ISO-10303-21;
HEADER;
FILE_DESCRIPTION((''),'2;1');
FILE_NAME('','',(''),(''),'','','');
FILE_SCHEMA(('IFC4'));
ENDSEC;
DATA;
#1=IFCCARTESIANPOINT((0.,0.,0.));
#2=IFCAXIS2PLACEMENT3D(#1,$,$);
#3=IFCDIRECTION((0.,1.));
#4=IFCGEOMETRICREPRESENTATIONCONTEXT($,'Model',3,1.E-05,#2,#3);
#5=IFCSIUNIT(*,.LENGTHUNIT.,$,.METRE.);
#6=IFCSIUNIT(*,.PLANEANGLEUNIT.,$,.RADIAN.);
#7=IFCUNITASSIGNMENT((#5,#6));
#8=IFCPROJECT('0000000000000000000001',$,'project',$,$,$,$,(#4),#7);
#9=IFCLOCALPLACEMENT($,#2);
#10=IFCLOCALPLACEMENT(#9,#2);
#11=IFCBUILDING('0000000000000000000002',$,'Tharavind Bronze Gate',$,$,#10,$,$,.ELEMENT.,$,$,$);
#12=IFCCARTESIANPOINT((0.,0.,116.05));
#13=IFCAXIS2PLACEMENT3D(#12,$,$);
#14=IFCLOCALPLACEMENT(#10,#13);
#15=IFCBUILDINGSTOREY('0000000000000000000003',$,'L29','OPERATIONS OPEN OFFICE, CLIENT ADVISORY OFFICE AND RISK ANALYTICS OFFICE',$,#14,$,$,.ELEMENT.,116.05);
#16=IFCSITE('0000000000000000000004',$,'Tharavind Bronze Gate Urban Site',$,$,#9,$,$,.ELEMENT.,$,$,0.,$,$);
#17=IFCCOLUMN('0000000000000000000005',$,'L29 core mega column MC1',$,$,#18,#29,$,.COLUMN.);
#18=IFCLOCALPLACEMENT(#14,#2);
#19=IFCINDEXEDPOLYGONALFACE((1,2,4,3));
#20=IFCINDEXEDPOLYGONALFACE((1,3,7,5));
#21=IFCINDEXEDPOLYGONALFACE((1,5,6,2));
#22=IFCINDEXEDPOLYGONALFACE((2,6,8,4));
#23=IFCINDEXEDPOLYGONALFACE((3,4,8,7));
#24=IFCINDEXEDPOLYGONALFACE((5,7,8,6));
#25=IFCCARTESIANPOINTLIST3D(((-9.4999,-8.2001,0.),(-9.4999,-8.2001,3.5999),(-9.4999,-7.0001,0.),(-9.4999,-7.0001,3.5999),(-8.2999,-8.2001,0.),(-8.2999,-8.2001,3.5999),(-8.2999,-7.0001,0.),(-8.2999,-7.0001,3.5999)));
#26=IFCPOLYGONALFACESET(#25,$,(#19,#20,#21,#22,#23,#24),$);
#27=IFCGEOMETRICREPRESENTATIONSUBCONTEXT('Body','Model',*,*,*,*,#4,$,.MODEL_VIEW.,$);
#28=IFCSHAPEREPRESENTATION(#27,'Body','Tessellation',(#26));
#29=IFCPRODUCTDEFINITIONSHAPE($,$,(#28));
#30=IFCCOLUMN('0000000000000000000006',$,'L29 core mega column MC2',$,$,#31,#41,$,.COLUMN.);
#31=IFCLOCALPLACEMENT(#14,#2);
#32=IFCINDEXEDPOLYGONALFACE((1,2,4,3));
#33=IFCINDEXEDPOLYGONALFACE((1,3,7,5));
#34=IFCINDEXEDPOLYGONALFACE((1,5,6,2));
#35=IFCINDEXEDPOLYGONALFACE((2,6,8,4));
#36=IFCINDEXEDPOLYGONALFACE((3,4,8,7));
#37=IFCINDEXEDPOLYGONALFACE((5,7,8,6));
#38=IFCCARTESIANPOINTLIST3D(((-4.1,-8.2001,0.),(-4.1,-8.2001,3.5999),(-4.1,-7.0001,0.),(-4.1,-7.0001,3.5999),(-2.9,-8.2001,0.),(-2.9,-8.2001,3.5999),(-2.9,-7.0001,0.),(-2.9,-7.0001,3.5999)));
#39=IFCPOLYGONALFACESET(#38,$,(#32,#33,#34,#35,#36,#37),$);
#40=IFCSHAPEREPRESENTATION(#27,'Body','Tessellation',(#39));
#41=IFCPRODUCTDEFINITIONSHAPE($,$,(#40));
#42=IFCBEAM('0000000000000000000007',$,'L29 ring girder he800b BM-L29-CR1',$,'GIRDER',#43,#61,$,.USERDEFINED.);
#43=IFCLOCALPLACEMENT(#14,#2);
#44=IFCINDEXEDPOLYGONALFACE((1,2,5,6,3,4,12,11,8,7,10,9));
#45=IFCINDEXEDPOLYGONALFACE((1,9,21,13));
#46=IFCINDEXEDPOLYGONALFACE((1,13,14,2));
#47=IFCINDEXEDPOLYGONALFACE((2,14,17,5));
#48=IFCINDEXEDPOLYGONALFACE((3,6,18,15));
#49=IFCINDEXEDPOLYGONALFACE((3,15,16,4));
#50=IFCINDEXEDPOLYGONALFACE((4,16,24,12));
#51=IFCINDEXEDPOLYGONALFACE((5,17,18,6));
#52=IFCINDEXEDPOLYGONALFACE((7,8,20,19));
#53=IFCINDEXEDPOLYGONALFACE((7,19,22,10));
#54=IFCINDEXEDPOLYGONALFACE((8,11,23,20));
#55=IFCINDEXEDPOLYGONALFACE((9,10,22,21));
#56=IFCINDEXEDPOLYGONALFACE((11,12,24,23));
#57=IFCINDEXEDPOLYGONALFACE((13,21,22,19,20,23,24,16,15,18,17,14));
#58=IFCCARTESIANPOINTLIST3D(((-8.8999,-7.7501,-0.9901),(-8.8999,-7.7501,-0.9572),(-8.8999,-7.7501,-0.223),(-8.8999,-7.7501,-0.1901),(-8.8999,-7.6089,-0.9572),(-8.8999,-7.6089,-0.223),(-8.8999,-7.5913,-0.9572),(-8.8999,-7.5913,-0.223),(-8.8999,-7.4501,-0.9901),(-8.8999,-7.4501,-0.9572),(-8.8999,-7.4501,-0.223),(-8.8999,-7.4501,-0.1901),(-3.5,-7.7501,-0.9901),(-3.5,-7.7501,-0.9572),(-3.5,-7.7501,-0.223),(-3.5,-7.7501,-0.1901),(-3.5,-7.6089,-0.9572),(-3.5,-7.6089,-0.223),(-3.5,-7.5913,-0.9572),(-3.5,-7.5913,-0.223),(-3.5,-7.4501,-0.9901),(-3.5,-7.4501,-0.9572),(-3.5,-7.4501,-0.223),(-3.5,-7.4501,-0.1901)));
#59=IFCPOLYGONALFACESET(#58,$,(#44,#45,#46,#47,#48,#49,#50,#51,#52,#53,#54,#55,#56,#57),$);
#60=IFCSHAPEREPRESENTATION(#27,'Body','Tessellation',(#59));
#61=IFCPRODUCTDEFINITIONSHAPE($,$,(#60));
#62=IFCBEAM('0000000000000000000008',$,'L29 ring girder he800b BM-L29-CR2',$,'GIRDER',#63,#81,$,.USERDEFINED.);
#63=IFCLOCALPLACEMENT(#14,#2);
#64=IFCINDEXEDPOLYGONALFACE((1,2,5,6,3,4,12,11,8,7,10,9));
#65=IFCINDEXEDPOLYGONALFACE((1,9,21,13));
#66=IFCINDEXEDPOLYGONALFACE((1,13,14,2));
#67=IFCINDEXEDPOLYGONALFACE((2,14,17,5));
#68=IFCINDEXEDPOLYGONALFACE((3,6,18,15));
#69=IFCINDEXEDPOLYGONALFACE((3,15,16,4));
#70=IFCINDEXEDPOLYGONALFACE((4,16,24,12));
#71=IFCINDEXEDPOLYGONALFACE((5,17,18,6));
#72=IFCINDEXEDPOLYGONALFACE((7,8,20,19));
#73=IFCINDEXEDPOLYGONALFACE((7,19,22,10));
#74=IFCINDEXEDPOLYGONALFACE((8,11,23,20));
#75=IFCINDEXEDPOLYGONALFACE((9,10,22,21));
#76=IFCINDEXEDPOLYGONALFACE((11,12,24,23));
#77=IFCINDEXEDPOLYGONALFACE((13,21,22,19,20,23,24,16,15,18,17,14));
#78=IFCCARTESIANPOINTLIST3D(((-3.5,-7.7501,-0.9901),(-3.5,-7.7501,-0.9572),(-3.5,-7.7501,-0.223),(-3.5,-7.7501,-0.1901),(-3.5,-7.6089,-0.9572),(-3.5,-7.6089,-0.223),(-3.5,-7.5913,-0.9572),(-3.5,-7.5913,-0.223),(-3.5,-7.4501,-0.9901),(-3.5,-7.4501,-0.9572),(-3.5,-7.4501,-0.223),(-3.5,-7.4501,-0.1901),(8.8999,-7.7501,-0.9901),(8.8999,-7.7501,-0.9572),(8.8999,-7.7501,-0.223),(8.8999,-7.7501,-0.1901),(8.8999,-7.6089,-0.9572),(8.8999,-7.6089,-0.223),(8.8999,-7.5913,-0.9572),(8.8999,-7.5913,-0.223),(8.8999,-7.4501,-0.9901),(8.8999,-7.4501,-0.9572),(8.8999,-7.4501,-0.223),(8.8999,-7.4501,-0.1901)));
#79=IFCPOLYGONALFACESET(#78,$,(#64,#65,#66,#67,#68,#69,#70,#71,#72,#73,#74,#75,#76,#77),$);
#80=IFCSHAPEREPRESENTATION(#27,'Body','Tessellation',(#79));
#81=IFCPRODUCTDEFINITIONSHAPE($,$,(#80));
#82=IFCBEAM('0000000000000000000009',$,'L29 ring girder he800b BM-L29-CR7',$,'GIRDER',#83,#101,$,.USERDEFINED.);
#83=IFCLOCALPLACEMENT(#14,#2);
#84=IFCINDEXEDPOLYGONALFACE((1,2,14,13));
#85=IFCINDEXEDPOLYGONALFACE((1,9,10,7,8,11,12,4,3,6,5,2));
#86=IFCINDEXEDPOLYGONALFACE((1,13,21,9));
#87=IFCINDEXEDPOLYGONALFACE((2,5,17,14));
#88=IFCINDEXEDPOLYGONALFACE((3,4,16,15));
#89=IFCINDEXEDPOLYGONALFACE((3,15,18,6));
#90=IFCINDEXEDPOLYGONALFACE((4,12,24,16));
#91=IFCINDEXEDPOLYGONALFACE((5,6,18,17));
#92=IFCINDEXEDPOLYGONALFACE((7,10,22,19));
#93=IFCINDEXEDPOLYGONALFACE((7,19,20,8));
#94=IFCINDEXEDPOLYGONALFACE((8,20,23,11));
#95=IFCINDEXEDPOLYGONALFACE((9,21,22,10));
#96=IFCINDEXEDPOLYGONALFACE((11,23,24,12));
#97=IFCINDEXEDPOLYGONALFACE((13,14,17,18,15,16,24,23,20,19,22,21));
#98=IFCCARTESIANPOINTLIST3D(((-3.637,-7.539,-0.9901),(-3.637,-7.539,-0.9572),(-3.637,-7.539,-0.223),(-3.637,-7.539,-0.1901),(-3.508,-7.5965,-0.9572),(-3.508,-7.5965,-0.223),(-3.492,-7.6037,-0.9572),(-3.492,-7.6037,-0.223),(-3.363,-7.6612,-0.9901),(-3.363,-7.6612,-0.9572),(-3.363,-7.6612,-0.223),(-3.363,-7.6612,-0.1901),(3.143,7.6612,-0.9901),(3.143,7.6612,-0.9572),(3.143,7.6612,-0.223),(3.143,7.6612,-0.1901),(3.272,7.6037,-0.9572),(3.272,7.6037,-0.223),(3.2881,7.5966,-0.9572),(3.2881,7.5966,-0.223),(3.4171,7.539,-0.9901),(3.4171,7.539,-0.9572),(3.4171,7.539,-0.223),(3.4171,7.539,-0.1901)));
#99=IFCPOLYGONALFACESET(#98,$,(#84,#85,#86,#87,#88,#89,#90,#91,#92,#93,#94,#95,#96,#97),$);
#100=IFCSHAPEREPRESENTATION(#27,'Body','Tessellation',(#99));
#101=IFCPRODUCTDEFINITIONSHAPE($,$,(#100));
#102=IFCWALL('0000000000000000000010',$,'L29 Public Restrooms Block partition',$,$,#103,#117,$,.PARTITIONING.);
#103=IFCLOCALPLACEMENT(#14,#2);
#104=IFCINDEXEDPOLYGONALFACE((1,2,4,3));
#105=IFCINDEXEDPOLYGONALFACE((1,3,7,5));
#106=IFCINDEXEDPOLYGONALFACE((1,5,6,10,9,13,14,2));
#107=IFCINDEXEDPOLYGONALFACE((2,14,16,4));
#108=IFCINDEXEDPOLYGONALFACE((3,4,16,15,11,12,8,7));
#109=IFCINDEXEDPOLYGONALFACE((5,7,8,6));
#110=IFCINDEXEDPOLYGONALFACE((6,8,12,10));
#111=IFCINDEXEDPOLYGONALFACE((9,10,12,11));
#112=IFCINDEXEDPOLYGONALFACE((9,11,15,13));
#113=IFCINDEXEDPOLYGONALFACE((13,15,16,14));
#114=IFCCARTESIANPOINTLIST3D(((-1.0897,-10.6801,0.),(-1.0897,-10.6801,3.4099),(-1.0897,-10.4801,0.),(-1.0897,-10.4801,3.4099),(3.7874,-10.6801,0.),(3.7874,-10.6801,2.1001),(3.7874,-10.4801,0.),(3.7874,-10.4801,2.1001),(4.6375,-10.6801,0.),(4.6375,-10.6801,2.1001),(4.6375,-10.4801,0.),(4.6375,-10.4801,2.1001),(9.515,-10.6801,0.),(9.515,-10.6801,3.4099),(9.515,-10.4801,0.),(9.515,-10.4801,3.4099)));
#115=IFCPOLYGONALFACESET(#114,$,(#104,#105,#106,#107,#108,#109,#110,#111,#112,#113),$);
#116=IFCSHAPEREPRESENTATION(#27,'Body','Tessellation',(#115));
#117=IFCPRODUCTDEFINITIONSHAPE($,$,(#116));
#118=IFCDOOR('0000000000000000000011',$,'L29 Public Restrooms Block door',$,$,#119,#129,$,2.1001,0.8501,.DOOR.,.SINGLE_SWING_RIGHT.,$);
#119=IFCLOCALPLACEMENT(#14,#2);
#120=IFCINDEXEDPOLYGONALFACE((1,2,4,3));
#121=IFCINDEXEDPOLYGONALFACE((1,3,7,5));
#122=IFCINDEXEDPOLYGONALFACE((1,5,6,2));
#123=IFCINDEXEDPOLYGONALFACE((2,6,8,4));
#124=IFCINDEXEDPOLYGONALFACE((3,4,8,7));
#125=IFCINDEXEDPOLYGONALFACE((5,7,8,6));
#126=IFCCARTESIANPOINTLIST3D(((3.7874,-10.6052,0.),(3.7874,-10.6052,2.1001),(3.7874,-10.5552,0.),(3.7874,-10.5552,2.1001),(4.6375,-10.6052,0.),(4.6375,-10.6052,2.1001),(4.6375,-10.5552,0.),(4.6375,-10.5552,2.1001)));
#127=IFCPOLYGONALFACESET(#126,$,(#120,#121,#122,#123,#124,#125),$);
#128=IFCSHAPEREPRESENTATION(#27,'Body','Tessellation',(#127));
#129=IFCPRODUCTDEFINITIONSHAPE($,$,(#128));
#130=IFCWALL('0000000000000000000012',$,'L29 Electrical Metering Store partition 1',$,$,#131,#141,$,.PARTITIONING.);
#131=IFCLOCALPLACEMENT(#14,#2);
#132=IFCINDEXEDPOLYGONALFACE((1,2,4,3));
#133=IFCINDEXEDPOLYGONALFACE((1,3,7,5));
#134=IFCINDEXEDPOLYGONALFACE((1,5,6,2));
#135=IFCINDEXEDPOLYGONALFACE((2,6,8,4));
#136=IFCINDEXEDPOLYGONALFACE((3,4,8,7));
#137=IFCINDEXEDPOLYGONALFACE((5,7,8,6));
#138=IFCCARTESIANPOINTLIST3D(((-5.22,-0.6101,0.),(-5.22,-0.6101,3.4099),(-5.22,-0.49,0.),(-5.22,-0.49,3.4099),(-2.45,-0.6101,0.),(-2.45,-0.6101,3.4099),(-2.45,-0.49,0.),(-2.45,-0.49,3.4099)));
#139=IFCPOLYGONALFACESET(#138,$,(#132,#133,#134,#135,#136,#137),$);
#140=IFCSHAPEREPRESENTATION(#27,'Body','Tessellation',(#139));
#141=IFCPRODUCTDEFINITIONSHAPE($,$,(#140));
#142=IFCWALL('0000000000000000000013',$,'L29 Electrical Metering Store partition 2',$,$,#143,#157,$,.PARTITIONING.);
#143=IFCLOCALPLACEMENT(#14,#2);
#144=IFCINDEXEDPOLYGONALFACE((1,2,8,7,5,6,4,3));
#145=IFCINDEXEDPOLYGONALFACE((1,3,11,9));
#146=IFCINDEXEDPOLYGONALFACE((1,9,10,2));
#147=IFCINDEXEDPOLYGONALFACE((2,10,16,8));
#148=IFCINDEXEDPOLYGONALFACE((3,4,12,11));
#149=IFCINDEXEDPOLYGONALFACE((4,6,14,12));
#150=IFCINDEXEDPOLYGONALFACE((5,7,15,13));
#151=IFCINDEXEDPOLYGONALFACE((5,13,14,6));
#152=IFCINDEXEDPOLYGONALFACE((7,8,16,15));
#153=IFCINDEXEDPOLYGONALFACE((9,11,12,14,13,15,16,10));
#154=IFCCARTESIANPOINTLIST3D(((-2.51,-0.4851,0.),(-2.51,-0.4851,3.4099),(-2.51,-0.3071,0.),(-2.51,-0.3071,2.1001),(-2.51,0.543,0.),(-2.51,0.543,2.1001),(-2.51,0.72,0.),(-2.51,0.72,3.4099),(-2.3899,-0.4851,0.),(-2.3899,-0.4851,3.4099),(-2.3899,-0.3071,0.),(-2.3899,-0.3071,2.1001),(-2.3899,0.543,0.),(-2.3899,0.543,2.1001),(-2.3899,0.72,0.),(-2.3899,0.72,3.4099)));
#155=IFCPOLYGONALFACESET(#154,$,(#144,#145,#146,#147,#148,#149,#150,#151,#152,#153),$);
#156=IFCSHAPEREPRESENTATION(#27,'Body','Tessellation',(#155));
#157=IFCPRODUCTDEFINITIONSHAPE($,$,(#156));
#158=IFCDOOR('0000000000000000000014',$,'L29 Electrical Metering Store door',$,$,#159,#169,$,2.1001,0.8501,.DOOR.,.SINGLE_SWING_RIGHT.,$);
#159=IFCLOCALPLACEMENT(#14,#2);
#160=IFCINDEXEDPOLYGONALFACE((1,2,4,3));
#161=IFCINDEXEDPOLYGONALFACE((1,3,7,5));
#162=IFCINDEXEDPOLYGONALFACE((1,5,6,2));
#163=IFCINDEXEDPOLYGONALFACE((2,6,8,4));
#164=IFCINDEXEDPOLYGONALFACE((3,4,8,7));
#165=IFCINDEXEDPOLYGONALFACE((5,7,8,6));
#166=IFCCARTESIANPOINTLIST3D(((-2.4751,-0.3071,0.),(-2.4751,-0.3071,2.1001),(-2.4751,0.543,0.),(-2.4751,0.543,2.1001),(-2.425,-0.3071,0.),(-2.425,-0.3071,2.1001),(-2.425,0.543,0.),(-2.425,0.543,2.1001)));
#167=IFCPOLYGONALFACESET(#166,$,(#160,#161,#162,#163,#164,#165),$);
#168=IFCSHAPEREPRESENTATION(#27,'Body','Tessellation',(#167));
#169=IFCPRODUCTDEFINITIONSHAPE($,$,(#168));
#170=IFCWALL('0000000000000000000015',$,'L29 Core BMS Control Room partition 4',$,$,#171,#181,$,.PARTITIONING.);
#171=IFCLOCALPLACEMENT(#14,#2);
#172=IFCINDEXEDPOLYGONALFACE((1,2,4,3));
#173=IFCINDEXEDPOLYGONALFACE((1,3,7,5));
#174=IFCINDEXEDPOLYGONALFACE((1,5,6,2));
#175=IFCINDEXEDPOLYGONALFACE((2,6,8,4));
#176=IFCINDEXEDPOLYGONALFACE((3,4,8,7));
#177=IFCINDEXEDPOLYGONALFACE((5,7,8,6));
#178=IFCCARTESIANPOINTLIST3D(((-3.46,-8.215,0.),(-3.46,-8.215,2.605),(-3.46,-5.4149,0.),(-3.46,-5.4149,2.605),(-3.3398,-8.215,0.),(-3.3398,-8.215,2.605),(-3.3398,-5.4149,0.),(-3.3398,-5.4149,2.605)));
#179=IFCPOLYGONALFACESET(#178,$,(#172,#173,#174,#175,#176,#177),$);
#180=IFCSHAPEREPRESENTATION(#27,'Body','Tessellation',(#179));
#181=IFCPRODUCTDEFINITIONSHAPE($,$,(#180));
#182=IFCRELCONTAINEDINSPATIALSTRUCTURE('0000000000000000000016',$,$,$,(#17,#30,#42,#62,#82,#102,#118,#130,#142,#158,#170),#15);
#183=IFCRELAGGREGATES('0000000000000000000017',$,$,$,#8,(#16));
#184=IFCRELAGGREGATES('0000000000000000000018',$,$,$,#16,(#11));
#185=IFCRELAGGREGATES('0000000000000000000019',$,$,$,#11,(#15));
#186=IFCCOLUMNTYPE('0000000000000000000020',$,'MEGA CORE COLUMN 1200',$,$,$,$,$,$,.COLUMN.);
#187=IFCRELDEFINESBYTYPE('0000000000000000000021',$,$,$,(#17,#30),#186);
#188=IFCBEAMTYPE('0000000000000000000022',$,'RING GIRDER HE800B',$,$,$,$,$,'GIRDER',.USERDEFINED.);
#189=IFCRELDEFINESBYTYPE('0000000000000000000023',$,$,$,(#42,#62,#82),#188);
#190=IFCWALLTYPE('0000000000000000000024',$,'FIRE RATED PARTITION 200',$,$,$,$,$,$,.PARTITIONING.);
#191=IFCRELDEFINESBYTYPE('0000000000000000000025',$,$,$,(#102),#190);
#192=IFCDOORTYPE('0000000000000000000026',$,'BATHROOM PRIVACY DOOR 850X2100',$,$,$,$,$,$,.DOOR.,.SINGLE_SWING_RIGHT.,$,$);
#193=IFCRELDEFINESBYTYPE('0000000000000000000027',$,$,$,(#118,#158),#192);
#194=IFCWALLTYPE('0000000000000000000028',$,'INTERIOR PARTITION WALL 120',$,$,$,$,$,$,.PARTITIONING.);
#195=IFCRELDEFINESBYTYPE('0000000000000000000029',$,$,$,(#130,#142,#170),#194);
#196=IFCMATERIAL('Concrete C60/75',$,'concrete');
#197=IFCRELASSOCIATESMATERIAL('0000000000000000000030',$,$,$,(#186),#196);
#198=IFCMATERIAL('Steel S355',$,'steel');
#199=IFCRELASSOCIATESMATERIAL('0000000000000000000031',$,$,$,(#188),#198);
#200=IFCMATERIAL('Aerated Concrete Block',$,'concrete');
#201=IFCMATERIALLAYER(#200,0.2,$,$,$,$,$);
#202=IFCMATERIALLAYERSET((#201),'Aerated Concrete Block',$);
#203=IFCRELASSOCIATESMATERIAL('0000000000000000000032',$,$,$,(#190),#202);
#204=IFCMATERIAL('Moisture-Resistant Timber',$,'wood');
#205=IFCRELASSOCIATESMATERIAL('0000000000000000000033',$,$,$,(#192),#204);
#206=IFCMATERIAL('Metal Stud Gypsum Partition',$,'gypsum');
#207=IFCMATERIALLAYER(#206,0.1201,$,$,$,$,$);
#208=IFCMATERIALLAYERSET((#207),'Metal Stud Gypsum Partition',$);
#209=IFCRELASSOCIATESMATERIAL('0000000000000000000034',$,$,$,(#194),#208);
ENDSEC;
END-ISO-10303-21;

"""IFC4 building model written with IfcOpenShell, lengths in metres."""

from ifc_helpers import new_model, si_unit, direction, frame, frame_2d, origin, origin_2d, place, context, subcontext, project, spatial, rectangle, i_section, extrude, material, layer, layer_set, material_profile, profile_set, type_object, element, fill, save


model = new_model("IFC4")

# Units and contexts
model_context = context("Model", 3, precision=1e-05, world=origin(), true_north=direction((0.0, 1.0)))
body_context = subcontext(model_context, "Body", "Model", "MODEL_VIEW")
ifc_project = project(units=[si_unit("LENGTHUNIT", "METRE"), si_unit("PLANEANGLEUNIT", "RADIAN")], contexts=[model_context])

# Site, building, storey
site_placement = place(None, origin())
site = spatial("IfcSite", under=ifc_project, at=site_placement, Name="Tharavind Bronze Gate Urban Site", CompositionType="ELEMENT", RefElevation=0.0)
building_placement = place(site_placement, origin())
building = spatial("IfcBuilding", under=site, at=building_placement, Name="Tharavind Bronze Gate", CompositionType="ELEMENT")
storey_placement = place(building_placement, frame((0.0, 0.0, 116.05)))
storey = spatial("IfcBuildingStorey", under=building, at=storey_placement, Name="L29", Description="OPERATIONS OPEN OFFICE, CLIENT ADVISORY OFFICE AND RISK ANALYTICS OFFICE", CompositionType="ELEMENT", Elevation=116.05)

# Columns
ifc_material_1 = material(Name="Concrete C60/75", Category="concrete")
ifc_material_profile_1 = material_profile(ifc_material_1, rectangle(XDim=1.2, YDim=1.2, at=origin_2d()), Name="RCCOL1200")
ifc_profile_set_1 = profile_set([ifc_material_profile_1], Name="Concrete C60/75")
column_type = type_object("IfcColumnType", Name="MEGA CORE COLUMN 1200", PredefinedType="COLUMN", material=ifc_profile_set_1)
for number, where, z_axis, x_axis, name in (
    (1, (-8.8999, -7.6001, 0.0), (0.0, 0.0, 1.0), (1.0, 0.0, 0.0), "L29 core mega column MC1"),
    (2, (-3.5, -7.6001, 0.0), (0.0, 0.0, 1.0), (1.0, 0.0, 0.0), "L29 core mega column MC2"),
):
    element("IfcColumn", number, at=place(storey_placement, frame(where, z_axis=z_axis, x_axis=x_axis)), inside=storey, type_object=column_type, Name=name, PredefinedType="COLUMN", context=body_context, shape_type="SweptSolid", body=[
        extrude(rectangle(XDim=1.2, YDim=1.2, at=origin_2d()), origin(), (0.0, 0.0, 1.0), 3.5999),
    ])

# Beams
ifc_material_2 = material(Name="Steel S355", Category="steel")
ifc_material_profile_2 = material_profile(ifc_material_2, i_section(OverallWidth=0.3, OverallDepth=0.8, WebThickness=0.0176, FlangeThickness=0.033, at=origin_2d()), Name="HE800B")
ifc_profile_set_2 = profile_set([ifc_material_profile_2], Name="Steel S355")
beam_type = type_object("IfcBeamType", Name="RING GIRDER HE800B", ElementType="GIRDER", PredefinedType="USERDEFINED", material=ifc_profile_set_2)
beam_1_placement = place(storey_placement, frame((-8.8999, -7.6001, -0.5901), z_axis=(1.0, 0.0, 0.0), x_axis=(0.0, 1.0, 0.0)))
element("IfcBeam", 3, at=beam_1_placement, inside=storey, type_object=beam_type, Name="L29 ring girder he800b BM-L29-CR1", ObjectType="GIRDER", PredefinedType="USERDEFINED", context=body_context, shape_type="SweptSolid", body=[
    extrude(i_section(OverallWidth=0.3, OverallDepth=0.8, WebThickness=0.0176, FlangeThickness=0.033, at=origin_2d()), origin(), (0.0, 0.0, 1.0), 5.3999),
])
beam_2_placement = place(storey_placement, frame((-3.5, -7.6001, -0.5901), z_axis=(1.0, 0.0, 0.0), x_axis=(0.0, 1.0, 0.0)))
element("IfcBeam", 4, at=beam_2_placement, inside=storey, type_object=beam_type, Name="L29 ring girder he800b BM-L29-CR2", ObjectType="GIRDER", PredefinedType="USERDEFINED", context=body_context, shape_type="SweptSolid", body=[
    extrude(i_section(OverallWidth=0.3, OverallDepth=0.8, WebThickness=0.0176, FlangeThickness=0.033, at=origin_2d()), origin(), (0.0, 0.0, 1.0), 12.3999),
])
beam_3_placement = place(storey_placement, frame((-3.5, -7.6001, -0.5901), z_axis=(0.407362, 0.913267, 0.0), x_axis=(-0.913267, 0.407362, 0.0)))
element("IfcBeam", 5, at=beam_3_placement, inside=storey, type_object=beam_type, Name="L29 ring girder he800b BM-L29-CR7", ObjectType="GIRDER", PredefinedType="USERDEFINED", context=body_context, shape_type="SweptSolid", body=[
    extrude(i_section(OverallWidth=0.3, OverallDepth=0.8, WebThickness=0.0176, FlangeThickness=0.033, at=origin_2d()), origin(), (0.0, 0.0, 1.0), 16.6438),
])

# Wall, opening, door
ifc_material_3 = material(Name="Aerated Concrete Block", Category="concrete")
ifc_layer_1 = layer(ifc_material_3, 0.2)
ifc_layer_set_1 = layer_set([ifc_layer_1], Name="Aerated Concrete Block")
wall_type_1 = type_object("IfcWallType", Name="FIRE RATED PARTITION 200", PredefinedType="PARTITIONING", material=ifc_layer_set_1)
wall_1_placement = place(storey_placement, frame((-1.0896, -10.5801, 0.0), z_axis=(0.0, 0.0, 1.0), x_axis=(1.0, 0.0, 0.0)))
wall_1 = element("IfcWall", 6, at=wall_1_placement, inside=storey, type_object=wall_type_1, Name="L29 Public Restrooms Block partition", PredefinedType="PARTITIONING", context=body_context, shape_type="SweptSolid", body=[
    extrude(rectangle(XDim=10.6047, YDim=0.2, at=frame_2d((5.3022, 0.0))), origin(), (0.0, 0.0, 1.0), 3.4099),
])
opening_1_placement = place(wall_1_placement, frame((4.877, 0.0, 0.0)))
opening_1 = element("IfcOpeningElement", 7, at=opening_1_placement, cuts=wall_1, PredefinedType="OPENING", context=body_context, shape_type="SweptSolid", body=[
    extrude(rectangle(XDim=0.8501, YDim=2.1001, at=frame_2d((0.425, 1.05))), frame((0.0, 0.1101, 0.0), z_axis=(0.0, -1.0, 0.0), x_axis=(1.0, 0.0, 0.0)), (0.0, 0.0, 1.0), 0.22),
])
ifc_material_4 = material(Name="Moisture-Resistant Timber", Category="wood")
door_type_1 = type_object("IfcDoorType", Name="BATHROOM PRIVACY DOOR 850X2100", OperationType="SINGLE_SWING_RIGHT", PredefinedType="DOOR", material=ifc_material_4)
door_1_placement = place(opening_1_placement, origin())
door_1 = element("IfcDoor", 8, at=door_1_placement, inside=storey, type_object=door_type_1, Name="L29 Public Restrooms Block door", OperationType="SINGLE_SWING_RIGHT", OverallHeight=2.1001, OverallWidth=0.8501, PredefinedType="DOOR", context=body_context, shape_type="SweptSolid", body=[
    extrude(rectangle(XDim=0.8501, YDim=2.1001, at=frame_2d((0.425, 1.05))), frame((0.0, 0.0249, 0.0), z_axis=(0.0, -1.0, 0.0), x_axis=(1.0, 0.0, 0.0)), (0.0, 0.0, 1.0), 0.05),
])
fill(opening_1, door_1)

# Wall
ifc_material_5 = material(Name="Metal Stud Gypsum Partition", Category="gypsum")
ifc_layer_2 = layer(ifc_material_5, 0.1201)
ifc_layer_set_2 = layer_set([ifc_layer_2], Name="Metal Stud Gypsum Partition")
wall_type_2 = type_object("IfcWallType", Name="INTERIOR PARTITION WALL 120", PredefinedType="PARTITIONING", material=ifc_layer_set_2)
wall_2_placement = place(storey_placement, frame((-5.22, -0.55, 0.0), z_axis=(0.0, 0.0, 1.0), x_axis=(1.0, 0.0, 0.0)))
element("IfcWall", 9, at=wall_2_placement, inside=storey, type_object=wall_type_2, Name="L29 Electrical Metering Store partition 1", PredefinedType="PARTITIONING", context=body_context, shape_type="SweptSolid", body=[
    extrude(rectangle(XDim=2.77, YDim=0.1201, at=frame_2d((1.385, 0.0))), origin(), (0.0, 0.0, 1.0), 3.4099),
])

# Wall, opening, door
wall_3_placement = place(storey_placement, frame((-2.45, -0.4851, 0.0), z_axis=(0.0, 0.0, 1.0), x_axis=(0.0, 1.0, 0.0)))
wall_3 = element("IfcWall", 10, at=wall_3_placement, inside=storey, type_object=wall_type_2, Name="L29 Electrical Metering Store partition 2", PredefinedType="PARTITIONING", context=body_context, shape_type="SweptSolid", body=[
    extrude(rectangle(XDim=1.2051, YDim=0.1201, at=frame_2d((0.6025, 0.0))), origin(), (0.0, 0.0, 1.0), 3.4099),
])
opening_2_placement = place(wall_3_placement, frame((0.178, 0.0, 0.0)))
opening_2 = element("IfcOpeningElement", 11, at=opening_2_placement, cuts=wall_3, PredefinedType="OPENING", context=body_context, shape_type="SweptSolid", body=[
    extrude(rectangle(XDim=0.8501, YDim=2.1001, at=frame_2d((0.425, 1.05))), frame((0.0, 0.0701, 0.0), z_axis=(0.0, -1.0, 0.0), x_axis=(1.0, 0.0, 0.0)), (0.0, 0.0, 1.0), 0.1401),
])
door_2_placement = place(opening_2_placement, frame((0.8501, 0.0, 0.0), z_axis=(0.0, 0.0, 1.0), x_axis=(-1.0, 0.0, 0.0)))
door_2 = element("IfcDoor", 12, at=door_2_placement, inside=storey, type_object=door_type_1, Name="L29 Electrical Metering Store door", OperationType="SINGLE_SWING_RIGHT", OverallHeight=2.1001, OverallWidth=0.8501, PredefinedType="DOOR", context=body_context, shape_type="SweptSolid", body=[
    extrude(rectangle(XDim=0.8501, YDim=2.1001, at=frame_2d((0.425, 1.05))), frame((0.0, 0.0249, 0.0), z_axis=(0.0, -1.0, 0.0), x_axis=(1.0, 0.0, 0.0)), (0.0, 0.0, 1.0), 0.05),
])
fill(opening_2, door_2)

# Wall
wall_4_placement = place(storey_placement, frame((-3.3999, -5.415, 0.0), z_axis=(0.0, 0.0, 1.0), x_axis=(0.0, -1.0, 0.0)))
element("IfcWall", 13, at=wall_4_placement, inside=storey, type_object=wall_type_2, Name="L29 Core BMS Control Room partition 4", PredefinedType="PARTITIONING", context=body_context, shape_type="SweptSolid", body=[
    extrude(rectangle(XDim=2.8, YDim=0.1201, at=frame_2d((1.3999, 0.0))), origin(), (0.0, 0.0, 1.0), 2.605),
])

save(model, "model.ifc")
